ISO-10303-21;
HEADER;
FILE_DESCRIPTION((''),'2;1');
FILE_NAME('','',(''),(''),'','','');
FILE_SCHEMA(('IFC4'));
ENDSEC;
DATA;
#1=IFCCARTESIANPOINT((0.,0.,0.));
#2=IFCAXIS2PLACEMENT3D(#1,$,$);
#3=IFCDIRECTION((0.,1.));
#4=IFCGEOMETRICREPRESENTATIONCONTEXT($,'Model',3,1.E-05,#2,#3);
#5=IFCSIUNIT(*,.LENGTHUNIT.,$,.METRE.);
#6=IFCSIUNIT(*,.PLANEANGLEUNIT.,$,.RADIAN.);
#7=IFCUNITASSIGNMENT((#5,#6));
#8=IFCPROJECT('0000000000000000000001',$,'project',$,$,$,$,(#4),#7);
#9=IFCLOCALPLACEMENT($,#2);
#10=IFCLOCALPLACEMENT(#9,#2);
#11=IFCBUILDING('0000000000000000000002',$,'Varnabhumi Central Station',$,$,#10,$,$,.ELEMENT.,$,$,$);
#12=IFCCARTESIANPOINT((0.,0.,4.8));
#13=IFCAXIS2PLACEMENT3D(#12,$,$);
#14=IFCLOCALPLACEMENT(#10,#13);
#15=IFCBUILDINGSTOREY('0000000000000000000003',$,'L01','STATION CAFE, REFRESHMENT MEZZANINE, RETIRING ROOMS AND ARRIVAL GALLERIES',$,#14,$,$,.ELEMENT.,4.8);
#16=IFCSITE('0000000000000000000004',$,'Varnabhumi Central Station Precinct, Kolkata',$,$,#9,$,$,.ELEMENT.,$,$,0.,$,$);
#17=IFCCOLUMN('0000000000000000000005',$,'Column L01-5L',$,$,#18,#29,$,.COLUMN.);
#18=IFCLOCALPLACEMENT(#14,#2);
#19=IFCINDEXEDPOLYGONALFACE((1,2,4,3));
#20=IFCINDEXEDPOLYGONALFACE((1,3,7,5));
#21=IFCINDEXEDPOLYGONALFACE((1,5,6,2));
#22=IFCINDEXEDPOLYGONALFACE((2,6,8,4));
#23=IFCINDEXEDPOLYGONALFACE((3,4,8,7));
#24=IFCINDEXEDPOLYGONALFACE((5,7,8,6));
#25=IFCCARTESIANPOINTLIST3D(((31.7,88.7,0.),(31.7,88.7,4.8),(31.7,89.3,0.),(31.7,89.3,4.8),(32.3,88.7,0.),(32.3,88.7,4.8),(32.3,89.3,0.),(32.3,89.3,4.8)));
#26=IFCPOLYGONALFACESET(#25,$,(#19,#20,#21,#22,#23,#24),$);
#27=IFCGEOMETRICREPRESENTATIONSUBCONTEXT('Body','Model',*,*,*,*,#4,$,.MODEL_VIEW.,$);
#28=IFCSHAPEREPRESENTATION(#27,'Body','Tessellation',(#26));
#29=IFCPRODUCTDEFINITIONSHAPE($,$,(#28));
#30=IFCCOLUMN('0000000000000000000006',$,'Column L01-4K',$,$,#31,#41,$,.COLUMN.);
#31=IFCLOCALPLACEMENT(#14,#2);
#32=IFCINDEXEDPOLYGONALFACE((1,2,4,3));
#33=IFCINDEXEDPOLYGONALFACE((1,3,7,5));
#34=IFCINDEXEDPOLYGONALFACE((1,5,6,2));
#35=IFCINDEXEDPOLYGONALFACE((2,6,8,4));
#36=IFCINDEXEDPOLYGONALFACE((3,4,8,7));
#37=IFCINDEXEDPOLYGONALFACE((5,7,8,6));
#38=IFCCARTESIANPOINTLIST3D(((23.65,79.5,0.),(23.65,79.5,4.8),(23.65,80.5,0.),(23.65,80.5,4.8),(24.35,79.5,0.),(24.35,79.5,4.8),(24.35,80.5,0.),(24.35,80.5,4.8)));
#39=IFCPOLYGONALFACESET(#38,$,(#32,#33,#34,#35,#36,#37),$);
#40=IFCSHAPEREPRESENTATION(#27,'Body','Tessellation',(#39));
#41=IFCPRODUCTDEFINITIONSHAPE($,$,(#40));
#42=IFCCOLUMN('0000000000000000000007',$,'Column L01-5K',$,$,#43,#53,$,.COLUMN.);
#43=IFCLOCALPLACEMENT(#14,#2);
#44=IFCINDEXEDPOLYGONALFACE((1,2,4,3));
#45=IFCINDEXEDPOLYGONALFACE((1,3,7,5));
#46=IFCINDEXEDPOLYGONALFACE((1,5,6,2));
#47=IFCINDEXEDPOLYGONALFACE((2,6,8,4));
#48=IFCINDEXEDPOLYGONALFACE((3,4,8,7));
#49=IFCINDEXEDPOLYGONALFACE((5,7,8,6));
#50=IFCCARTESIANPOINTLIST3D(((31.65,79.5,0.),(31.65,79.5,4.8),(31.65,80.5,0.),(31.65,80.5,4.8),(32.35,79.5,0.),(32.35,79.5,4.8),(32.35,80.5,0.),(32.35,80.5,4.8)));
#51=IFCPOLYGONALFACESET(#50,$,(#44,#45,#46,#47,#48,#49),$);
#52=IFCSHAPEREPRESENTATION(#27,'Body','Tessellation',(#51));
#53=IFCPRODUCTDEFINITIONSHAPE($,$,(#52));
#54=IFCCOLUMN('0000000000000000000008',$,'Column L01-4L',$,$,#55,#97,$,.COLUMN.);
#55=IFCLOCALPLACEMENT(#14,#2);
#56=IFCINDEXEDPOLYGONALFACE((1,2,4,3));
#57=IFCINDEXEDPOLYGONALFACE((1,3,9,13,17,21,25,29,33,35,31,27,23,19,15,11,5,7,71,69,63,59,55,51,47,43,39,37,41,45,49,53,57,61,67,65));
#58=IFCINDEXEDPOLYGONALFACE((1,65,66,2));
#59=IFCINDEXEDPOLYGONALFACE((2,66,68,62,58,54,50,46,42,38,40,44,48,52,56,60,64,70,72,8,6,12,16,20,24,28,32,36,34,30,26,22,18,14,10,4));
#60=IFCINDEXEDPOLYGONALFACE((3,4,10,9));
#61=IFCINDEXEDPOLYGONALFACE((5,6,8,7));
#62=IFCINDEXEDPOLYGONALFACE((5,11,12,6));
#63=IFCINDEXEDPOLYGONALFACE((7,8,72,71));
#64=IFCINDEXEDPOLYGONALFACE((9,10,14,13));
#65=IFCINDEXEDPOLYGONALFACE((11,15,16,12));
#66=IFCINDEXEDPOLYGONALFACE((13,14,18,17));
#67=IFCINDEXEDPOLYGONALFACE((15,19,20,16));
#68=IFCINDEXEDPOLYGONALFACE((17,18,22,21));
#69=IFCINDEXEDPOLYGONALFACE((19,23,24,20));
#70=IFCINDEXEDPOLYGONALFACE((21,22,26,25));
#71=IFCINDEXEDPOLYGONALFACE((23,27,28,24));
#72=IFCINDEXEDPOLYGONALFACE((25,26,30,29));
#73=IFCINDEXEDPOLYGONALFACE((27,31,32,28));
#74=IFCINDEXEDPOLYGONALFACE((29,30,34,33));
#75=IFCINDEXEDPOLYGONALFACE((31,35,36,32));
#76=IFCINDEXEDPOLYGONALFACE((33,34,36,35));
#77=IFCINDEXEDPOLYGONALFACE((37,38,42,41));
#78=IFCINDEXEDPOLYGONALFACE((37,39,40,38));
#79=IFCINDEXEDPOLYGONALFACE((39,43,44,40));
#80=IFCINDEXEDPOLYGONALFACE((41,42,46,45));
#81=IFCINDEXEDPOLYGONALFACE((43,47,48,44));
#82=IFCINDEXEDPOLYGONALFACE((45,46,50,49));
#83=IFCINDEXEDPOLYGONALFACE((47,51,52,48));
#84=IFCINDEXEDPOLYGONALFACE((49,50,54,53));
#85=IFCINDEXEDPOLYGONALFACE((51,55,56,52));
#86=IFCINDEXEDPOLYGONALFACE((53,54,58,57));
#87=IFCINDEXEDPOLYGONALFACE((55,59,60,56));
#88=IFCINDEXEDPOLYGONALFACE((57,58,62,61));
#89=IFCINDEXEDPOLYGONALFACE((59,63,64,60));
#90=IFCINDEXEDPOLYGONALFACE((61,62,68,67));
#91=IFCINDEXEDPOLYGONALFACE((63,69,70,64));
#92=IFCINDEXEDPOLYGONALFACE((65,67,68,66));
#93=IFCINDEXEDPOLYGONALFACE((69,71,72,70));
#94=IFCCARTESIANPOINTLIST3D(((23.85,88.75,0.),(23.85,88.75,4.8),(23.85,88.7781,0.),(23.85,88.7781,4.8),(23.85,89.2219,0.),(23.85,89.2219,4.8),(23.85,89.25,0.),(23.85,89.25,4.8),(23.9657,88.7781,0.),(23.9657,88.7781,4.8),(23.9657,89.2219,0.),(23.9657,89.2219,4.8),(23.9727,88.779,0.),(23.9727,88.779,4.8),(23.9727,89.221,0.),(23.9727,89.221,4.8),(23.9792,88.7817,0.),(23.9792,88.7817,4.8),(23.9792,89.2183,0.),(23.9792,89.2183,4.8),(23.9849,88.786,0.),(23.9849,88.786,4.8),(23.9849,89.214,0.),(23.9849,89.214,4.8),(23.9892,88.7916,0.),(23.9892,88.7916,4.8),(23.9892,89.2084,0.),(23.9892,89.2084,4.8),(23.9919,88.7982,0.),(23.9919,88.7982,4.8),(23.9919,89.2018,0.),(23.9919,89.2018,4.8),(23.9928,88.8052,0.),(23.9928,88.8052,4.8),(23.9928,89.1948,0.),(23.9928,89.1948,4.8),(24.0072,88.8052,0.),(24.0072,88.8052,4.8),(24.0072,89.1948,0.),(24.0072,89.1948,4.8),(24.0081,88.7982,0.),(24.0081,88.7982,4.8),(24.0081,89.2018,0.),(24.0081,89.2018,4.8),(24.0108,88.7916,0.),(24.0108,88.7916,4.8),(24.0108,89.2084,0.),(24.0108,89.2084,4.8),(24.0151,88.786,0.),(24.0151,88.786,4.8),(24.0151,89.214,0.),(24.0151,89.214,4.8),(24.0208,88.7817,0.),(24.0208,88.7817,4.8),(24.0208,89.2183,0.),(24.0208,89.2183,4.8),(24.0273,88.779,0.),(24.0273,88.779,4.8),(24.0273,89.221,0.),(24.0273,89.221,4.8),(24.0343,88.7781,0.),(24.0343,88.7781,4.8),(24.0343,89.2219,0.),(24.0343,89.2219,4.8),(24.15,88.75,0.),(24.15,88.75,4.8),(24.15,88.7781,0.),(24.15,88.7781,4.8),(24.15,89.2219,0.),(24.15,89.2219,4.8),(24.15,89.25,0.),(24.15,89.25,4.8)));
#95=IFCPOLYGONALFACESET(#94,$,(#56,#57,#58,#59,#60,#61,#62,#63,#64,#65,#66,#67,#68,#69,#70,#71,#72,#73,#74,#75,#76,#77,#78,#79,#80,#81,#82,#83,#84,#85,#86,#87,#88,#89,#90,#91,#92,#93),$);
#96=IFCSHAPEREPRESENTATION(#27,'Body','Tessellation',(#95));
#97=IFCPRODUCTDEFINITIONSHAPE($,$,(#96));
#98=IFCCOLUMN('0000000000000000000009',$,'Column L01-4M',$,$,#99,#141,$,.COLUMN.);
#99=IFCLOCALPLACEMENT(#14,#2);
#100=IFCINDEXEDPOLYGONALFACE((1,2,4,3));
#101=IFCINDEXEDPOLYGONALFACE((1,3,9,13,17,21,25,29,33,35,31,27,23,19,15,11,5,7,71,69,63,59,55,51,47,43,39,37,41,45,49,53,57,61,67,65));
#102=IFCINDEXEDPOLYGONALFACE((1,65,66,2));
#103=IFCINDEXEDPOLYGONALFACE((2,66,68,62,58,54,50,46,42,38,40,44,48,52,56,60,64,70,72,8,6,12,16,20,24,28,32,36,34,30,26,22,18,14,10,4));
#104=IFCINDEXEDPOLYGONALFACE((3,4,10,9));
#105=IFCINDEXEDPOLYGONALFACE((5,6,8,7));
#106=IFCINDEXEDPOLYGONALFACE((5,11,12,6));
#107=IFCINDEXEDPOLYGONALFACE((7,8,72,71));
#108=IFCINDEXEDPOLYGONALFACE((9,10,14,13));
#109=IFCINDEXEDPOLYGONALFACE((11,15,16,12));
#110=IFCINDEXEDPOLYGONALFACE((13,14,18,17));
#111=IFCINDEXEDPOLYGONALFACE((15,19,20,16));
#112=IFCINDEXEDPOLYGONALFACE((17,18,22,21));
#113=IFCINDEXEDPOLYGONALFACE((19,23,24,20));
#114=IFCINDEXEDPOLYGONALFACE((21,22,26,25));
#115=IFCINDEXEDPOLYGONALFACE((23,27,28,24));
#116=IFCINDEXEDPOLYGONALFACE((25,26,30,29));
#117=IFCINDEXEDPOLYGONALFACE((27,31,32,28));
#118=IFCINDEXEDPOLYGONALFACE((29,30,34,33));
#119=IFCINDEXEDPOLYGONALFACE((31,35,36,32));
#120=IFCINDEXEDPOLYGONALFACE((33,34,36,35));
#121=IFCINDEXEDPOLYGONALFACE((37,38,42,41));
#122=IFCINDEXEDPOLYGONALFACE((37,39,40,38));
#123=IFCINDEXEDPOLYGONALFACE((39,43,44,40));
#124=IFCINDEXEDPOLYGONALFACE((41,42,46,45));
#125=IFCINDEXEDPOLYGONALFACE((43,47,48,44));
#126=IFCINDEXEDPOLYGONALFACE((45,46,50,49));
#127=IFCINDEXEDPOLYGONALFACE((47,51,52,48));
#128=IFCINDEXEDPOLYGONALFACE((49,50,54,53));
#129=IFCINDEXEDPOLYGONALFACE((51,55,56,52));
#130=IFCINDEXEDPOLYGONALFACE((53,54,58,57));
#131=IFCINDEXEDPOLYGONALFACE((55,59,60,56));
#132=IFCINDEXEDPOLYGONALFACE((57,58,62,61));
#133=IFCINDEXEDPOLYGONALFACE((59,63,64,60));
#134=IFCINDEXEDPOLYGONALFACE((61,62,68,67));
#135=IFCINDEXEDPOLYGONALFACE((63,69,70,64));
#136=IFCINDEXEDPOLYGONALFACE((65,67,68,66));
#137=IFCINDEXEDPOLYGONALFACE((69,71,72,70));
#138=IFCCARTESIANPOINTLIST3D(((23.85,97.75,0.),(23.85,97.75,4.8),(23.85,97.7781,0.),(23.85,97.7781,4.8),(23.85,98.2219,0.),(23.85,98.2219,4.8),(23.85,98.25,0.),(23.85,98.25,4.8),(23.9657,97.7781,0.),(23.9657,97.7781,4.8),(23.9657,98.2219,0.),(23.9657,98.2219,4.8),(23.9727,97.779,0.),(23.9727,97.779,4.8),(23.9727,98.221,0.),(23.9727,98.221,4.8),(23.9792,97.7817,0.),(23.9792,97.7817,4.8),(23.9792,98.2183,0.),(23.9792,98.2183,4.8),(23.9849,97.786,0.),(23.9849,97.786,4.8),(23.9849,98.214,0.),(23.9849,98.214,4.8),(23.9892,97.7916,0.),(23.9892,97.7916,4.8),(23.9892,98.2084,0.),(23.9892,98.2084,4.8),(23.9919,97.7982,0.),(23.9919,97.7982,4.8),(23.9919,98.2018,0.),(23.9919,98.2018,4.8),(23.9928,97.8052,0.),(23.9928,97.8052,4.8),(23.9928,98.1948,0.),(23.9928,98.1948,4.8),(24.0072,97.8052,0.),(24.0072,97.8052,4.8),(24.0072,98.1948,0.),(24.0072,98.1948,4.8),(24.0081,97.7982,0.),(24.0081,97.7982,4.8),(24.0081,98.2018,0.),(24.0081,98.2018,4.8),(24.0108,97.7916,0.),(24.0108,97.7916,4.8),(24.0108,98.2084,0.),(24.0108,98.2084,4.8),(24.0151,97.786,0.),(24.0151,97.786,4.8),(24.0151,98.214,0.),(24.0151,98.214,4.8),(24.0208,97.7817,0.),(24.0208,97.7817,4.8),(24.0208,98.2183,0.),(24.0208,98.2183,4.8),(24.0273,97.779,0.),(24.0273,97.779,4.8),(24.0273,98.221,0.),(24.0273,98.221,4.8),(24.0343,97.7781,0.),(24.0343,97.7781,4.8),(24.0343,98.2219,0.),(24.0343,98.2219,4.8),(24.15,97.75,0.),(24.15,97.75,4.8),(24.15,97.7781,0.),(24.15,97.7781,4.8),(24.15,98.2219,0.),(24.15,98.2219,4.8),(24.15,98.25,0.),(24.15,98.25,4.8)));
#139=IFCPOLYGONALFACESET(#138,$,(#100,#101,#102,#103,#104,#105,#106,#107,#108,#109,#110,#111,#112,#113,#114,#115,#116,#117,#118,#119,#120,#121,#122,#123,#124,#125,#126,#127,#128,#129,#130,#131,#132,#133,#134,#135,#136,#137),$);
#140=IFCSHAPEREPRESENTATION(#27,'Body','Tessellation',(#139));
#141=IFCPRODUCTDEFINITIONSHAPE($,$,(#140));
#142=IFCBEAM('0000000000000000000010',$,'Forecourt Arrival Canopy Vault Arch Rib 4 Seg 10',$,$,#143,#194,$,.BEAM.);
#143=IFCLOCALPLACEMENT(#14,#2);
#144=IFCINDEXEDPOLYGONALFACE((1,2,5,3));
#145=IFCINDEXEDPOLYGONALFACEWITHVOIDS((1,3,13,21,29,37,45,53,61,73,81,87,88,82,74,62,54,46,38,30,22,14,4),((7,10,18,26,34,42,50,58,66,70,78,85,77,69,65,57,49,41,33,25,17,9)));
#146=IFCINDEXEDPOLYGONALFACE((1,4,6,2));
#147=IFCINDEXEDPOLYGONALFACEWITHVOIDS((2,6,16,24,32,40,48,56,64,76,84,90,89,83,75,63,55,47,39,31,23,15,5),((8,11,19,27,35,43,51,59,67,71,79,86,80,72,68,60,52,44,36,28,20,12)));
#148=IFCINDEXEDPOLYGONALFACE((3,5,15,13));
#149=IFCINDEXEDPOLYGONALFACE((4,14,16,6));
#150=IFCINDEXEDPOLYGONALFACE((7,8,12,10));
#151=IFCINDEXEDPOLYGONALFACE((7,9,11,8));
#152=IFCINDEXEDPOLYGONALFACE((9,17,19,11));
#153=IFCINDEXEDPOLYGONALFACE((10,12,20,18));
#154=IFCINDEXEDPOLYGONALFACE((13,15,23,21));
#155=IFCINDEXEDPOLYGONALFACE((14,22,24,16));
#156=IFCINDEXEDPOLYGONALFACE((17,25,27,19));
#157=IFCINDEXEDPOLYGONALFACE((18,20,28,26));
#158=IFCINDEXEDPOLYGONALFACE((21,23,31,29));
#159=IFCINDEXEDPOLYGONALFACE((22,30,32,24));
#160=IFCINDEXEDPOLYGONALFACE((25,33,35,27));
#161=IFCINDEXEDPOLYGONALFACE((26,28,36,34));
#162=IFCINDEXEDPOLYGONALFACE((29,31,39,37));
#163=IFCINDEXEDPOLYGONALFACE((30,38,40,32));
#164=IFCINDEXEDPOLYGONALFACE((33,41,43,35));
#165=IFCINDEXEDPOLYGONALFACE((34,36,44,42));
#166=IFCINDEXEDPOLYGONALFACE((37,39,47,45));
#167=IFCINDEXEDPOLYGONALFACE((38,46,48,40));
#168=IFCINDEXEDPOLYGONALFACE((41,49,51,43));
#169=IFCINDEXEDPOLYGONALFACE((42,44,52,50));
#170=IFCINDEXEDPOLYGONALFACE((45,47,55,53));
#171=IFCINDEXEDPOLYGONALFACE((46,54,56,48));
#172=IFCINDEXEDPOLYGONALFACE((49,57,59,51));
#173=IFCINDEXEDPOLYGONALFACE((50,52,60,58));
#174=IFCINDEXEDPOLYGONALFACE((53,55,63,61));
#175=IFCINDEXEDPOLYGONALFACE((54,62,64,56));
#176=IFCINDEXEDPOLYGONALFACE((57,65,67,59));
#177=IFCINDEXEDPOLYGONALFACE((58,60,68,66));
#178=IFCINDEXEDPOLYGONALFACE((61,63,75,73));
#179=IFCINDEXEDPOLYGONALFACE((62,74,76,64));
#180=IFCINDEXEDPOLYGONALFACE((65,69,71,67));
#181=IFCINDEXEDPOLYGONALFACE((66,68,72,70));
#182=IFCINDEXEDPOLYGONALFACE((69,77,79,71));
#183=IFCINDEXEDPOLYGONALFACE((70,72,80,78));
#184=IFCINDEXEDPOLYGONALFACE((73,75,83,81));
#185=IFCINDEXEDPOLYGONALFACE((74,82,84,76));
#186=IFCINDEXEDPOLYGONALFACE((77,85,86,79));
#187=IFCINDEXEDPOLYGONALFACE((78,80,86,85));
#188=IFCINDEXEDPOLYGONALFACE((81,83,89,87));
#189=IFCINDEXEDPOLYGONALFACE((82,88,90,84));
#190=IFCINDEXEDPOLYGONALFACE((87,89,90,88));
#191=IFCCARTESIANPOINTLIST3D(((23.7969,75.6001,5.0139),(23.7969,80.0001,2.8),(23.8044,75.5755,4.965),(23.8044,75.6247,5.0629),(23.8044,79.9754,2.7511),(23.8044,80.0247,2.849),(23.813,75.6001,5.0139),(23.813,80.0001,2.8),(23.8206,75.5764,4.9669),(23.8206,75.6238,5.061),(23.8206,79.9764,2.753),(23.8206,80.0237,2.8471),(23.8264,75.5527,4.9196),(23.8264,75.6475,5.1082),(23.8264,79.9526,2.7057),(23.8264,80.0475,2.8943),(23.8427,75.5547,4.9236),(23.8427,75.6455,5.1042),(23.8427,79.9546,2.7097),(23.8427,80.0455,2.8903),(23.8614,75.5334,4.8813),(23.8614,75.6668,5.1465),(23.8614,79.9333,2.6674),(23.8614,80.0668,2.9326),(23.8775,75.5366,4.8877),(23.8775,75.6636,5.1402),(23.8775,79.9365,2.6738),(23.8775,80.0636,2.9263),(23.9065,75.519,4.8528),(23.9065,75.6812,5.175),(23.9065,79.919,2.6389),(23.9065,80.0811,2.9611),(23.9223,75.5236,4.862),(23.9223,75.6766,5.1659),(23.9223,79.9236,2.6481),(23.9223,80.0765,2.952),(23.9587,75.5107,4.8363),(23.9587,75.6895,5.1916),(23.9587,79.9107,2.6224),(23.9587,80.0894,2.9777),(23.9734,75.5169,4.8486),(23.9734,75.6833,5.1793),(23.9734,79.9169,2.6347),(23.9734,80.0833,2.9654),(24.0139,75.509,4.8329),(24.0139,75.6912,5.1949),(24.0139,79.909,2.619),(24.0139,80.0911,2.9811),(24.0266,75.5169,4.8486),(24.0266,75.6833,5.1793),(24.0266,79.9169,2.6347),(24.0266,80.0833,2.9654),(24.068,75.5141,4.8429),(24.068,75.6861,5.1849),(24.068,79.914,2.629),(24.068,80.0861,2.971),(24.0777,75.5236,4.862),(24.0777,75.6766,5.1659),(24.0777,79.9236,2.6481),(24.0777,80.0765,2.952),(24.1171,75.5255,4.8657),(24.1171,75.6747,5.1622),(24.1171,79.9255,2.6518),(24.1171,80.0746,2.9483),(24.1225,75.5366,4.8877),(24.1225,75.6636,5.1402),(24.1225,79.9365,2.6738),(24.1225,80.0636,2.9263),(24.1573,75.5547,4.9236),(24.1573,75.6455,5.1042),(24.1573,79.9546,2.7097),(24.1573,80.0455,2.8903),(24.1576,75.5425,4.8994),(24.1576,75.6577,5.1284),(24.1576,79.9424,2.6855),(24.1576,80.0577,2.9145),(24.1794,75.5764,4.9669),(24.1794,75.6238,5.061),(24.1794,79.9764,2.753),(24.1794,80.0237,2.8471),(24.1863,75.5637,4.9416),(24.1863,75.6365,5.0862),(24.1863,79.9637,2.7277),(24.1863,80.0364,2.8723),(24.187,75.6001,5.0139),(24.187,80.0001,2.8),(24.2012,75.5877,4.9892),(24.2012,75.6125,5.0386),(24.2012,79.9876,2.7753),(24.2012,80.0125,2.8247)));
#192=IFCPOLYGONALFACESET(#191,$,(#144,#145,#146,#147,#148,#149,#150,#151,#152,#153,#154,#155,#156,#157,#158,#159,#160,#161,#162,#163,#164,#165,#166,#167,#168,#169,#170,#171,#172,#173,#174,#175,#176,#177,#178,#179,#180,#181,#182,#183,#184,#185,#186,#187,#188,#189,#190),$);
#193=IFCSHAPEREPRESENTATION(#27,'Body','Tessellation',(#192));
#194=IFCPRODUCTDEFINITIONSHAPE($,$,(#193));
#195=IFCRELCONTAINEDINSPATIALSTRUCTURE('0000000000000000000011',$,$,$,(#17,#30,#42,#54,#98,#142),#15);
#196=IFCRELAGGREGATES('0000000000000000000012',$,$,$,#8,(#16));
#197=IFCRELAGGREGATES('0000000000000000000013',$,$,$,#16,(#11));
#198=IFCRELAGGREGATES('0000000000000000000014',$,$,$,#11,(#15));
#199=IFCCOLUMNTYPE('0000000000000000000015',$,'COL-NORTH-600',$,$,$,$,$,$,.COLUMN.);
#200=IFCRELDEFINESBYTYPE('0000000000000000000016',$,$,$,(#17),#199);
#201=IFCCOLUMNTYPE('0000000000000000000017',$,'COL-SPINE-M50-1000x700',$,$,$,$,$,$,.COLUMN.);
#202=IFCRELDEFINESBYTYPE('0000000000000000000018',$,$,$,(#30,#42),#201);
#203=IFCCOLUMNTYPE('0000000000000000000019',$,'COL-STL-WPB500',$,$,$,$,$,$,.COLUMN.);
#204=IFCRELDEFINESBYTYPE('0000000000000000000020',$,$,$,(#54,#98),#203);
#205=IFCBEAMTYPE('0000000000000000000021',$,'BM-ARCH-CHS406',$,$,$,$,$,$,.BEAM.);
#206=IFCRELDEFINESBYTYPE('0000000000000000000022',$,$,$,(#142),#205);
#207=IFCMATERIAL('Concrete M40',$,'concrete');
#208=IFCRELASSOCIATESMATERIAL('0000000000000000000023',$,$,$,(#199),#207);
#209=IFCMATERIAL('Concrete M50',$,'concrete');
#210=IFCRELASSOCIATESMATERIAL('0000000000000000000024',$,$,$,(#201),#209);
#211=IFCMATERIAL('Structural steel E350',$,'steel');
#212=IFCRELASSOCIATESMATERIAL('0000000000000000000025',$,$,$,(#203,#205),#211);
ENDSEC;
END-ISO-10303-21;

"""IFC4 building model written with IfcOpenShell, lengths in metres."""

from ifc_helpers import new_model, si_unit, direction, frame, origin, origin_2d, place, context, subcontext, project, spatial, rectangle, hollow_circle, i_section, extrude, material, material_profile, profile_set, type_object, element, save


model = new_model("IFC4")

# Units and contexts
model_context = context("Model", 3, precision=1e-05, world=origin(), true_north=direction((0.0, 1.0)))
body_context = subcontext(model_context, "Body", "Model", "MODEL_VIEW")
ifc_project = project(units=[si_unit("LENGTHUNIT", "METRE"), si_unit("PLANEANGLEUNIT", "RADIAN")], contexts=[model_context])

# Site, building, storey
site_placement = place(None, origin())
site = spatial("IfcSite", under=ifc_project, at=site_placement, Name="Varnabhumi Central Station Precinct, Kolkata", CompositionType="ELEMENT", RefElevation=0.0)
building_placement = place(site_placement, origin())
building = spatial("IfcBuilding", under=site, at=building_placement, Name="Varnabhumi Central Station", CompositionType="ELEMENT")
storey_placement = place(building_placement, frame((0.0, 0.0, 4.8)))
storey = spatial("IfcBuildingStorey", under=building, at=storey_placement, Name="L01", Description="STATION CAFE, REFRESHMENT MEZZANINE, RETIRING ROOMS AND ARRIVAL GALLERIES", CompositionType="ELEMENT", Elevation=4.8)

# Columns
ifc_material_1 = material(Name="Concrete M40", Category="concrete")
ifc_material_profile_1 = material_profile(ifc_material_1, rectangle(XDim=0.6001, YDim=0.6001, at=origin_2d()), Name="Concrete M40", Category="concrete")
ifc_profile_set_1 = profile_set([ifc_material_profile_1], Name="Concrete M40")
column_type_1 = type_object("IfcColumnType", Name="COL-NORTH-600", PredefinedType="COLUMN", material=ifc_profile_set_1)
column_placement = place(storey_placement, frame((32.0, 89.0, 0.0), z_axis=(0.0, 0.0, 1.0), x_axis=(1.0, 0.0, 0.0)))
element("IfcColumn", 1, at=column_placement, inside=storey, type_object=column_type_1, Name="Column L01-5L", PredefinedType="COLUMN", context=body_context, shape_type="SweptSolid", body=[
    extrude(rectangle(XDim=0.6001, YDim=0.6001, at=origin_2d()), origin(), (0.0, 0.0, 1.0), 4.8),
])
ifc_material_2 = material(Name="Concrete M50", Category="concrete")
ifc_material_profile_2 = material_profile(ifc_material_2, rectangle(XDim=0.7, YDim=1.0, at=origin_2d()), Name="Concrete M50", Category="concrete")
ifc_profile_set_2 = profile_set([ifc_material_profile_2], Name="Concrete M50")
column_type_2 = type_object("IfcColumnType", Name="COL-SPINE-M50-1000x700", PredefinedType="COLUMN", material=ifc_profile_set_2)
for number, where, z_axis, x_axis, name in (
    (2, (24.0, 80.0, 0.0), (0.0, 0.0, 1.0), (1.0, 0.0, 0.0), "Column L01-4K"),
    (3, (32.0, 80.0, 0.0), (0.0, 0.0, 1.0), (1.0, 0.0, 0.0), "Column L01-5K"),
):
    element("IfcColumn", number, at=place(storey_placement, frame(where, z_axis=z_axis, x_axis=x_axis)), inside=storey, type_object=column_type_2, Name=name, PredefinedType="COLUMN", context=body_context, shape_type="SweptSolid", body=[
        extrude(rectangle(XDim=0.7, YDim=1.0, at=origin_2d()), origin(), (0.0, 0.0, 1.0), 4.8),
    ])
ifc_material_3 = material(Name="Structural steel E350", Category="steel")
ifc_material_profile_3 = material_profile(ifc_material_3, i_section(OverallWidth=0.3, OverallDepth=0.5, WebThickness=0.0144, FlangeThickness=0.0281, FilletRadius=0.0271, at=origin_2d()), Name="Structural steel E350", Category="steel")
ifc_profile_set_3 = profile_set([ifc_material_profile_3], Name="Structural steel E350")
column_type_3 = type_object("IfcColumnType", Name="COL-STL-WPB500", PredefinedType="COLUMN", material=ifc_profile_set_3)
for number, where, z_axis, x_axis, name in (
    (4, (24.0, 89.0, 0.0), (0.0, 0.0, 1.0), (1.0, 0.0, 0.0), "Column L01-4L"),
    (5, (24.0, 98.0, 0.0), (0.0, 0.0, 1.0), (1.0, 0.0, 0.0), "Column L01-4M"),
):
    element("IfcColumn", number, at=place(storey_placement, frame(where, z_axis=z_axis, x_axis=x_axis)), inside=storey, type_object=column_type_3, Name=name, PredefinedType="COLUMN", context=body_context, shape_type="SweptSolid", body=[
        extrude(i_section(OverallWidth=0.3, OverallDepth=0.5, WebThickness=0.0144, FlangeThickness=0.0281, FilletRadius=0.0271, at=origin_2d()), origin(), (0.0, 0.0, 1.0), 4.8),
    ])

# Beam
ifc_material_profile_4 = material_profile(ifc_material_3, hollow_circle(Radius=0.2031, WallThickness=0.0161, at=origin_2d()), Name="Structural steel E350", Category="steel")
ifc_profile_set_4 = profile_set([ifc_material_profile_4], Name="Structural steel E350")
beam_type_1 = type_object("IfcBeamType", Name="BM-ARCH-CHS406", PredefinedType="BEAM", material=ifc_profile_set_4)
beam_1_placement = place(storey_placement, frame((24.0, 75.6001, 5.0139), z_axis=(0.0, 0.893294, -0.449472), x_axis=(-1.0, 0.0, 0.0)))
element("IfcBeam", 6, at=beam_1_placement, inside=storey, type_object=beam_type_1, Name="Forecourt Arrival Canopy Vault Arch Rib 4 Seg 10", PredefinedType="BEAM", context=body_context, shape_type="SweptSolid", body=[
    extrude(hollow_circle(Radius=0.2031, WallThickness=0.0161, at=origin_2d()), origin(), (0.0, 0.0, 1.0), 4.9255),
])

save(model, "model.ifc")
